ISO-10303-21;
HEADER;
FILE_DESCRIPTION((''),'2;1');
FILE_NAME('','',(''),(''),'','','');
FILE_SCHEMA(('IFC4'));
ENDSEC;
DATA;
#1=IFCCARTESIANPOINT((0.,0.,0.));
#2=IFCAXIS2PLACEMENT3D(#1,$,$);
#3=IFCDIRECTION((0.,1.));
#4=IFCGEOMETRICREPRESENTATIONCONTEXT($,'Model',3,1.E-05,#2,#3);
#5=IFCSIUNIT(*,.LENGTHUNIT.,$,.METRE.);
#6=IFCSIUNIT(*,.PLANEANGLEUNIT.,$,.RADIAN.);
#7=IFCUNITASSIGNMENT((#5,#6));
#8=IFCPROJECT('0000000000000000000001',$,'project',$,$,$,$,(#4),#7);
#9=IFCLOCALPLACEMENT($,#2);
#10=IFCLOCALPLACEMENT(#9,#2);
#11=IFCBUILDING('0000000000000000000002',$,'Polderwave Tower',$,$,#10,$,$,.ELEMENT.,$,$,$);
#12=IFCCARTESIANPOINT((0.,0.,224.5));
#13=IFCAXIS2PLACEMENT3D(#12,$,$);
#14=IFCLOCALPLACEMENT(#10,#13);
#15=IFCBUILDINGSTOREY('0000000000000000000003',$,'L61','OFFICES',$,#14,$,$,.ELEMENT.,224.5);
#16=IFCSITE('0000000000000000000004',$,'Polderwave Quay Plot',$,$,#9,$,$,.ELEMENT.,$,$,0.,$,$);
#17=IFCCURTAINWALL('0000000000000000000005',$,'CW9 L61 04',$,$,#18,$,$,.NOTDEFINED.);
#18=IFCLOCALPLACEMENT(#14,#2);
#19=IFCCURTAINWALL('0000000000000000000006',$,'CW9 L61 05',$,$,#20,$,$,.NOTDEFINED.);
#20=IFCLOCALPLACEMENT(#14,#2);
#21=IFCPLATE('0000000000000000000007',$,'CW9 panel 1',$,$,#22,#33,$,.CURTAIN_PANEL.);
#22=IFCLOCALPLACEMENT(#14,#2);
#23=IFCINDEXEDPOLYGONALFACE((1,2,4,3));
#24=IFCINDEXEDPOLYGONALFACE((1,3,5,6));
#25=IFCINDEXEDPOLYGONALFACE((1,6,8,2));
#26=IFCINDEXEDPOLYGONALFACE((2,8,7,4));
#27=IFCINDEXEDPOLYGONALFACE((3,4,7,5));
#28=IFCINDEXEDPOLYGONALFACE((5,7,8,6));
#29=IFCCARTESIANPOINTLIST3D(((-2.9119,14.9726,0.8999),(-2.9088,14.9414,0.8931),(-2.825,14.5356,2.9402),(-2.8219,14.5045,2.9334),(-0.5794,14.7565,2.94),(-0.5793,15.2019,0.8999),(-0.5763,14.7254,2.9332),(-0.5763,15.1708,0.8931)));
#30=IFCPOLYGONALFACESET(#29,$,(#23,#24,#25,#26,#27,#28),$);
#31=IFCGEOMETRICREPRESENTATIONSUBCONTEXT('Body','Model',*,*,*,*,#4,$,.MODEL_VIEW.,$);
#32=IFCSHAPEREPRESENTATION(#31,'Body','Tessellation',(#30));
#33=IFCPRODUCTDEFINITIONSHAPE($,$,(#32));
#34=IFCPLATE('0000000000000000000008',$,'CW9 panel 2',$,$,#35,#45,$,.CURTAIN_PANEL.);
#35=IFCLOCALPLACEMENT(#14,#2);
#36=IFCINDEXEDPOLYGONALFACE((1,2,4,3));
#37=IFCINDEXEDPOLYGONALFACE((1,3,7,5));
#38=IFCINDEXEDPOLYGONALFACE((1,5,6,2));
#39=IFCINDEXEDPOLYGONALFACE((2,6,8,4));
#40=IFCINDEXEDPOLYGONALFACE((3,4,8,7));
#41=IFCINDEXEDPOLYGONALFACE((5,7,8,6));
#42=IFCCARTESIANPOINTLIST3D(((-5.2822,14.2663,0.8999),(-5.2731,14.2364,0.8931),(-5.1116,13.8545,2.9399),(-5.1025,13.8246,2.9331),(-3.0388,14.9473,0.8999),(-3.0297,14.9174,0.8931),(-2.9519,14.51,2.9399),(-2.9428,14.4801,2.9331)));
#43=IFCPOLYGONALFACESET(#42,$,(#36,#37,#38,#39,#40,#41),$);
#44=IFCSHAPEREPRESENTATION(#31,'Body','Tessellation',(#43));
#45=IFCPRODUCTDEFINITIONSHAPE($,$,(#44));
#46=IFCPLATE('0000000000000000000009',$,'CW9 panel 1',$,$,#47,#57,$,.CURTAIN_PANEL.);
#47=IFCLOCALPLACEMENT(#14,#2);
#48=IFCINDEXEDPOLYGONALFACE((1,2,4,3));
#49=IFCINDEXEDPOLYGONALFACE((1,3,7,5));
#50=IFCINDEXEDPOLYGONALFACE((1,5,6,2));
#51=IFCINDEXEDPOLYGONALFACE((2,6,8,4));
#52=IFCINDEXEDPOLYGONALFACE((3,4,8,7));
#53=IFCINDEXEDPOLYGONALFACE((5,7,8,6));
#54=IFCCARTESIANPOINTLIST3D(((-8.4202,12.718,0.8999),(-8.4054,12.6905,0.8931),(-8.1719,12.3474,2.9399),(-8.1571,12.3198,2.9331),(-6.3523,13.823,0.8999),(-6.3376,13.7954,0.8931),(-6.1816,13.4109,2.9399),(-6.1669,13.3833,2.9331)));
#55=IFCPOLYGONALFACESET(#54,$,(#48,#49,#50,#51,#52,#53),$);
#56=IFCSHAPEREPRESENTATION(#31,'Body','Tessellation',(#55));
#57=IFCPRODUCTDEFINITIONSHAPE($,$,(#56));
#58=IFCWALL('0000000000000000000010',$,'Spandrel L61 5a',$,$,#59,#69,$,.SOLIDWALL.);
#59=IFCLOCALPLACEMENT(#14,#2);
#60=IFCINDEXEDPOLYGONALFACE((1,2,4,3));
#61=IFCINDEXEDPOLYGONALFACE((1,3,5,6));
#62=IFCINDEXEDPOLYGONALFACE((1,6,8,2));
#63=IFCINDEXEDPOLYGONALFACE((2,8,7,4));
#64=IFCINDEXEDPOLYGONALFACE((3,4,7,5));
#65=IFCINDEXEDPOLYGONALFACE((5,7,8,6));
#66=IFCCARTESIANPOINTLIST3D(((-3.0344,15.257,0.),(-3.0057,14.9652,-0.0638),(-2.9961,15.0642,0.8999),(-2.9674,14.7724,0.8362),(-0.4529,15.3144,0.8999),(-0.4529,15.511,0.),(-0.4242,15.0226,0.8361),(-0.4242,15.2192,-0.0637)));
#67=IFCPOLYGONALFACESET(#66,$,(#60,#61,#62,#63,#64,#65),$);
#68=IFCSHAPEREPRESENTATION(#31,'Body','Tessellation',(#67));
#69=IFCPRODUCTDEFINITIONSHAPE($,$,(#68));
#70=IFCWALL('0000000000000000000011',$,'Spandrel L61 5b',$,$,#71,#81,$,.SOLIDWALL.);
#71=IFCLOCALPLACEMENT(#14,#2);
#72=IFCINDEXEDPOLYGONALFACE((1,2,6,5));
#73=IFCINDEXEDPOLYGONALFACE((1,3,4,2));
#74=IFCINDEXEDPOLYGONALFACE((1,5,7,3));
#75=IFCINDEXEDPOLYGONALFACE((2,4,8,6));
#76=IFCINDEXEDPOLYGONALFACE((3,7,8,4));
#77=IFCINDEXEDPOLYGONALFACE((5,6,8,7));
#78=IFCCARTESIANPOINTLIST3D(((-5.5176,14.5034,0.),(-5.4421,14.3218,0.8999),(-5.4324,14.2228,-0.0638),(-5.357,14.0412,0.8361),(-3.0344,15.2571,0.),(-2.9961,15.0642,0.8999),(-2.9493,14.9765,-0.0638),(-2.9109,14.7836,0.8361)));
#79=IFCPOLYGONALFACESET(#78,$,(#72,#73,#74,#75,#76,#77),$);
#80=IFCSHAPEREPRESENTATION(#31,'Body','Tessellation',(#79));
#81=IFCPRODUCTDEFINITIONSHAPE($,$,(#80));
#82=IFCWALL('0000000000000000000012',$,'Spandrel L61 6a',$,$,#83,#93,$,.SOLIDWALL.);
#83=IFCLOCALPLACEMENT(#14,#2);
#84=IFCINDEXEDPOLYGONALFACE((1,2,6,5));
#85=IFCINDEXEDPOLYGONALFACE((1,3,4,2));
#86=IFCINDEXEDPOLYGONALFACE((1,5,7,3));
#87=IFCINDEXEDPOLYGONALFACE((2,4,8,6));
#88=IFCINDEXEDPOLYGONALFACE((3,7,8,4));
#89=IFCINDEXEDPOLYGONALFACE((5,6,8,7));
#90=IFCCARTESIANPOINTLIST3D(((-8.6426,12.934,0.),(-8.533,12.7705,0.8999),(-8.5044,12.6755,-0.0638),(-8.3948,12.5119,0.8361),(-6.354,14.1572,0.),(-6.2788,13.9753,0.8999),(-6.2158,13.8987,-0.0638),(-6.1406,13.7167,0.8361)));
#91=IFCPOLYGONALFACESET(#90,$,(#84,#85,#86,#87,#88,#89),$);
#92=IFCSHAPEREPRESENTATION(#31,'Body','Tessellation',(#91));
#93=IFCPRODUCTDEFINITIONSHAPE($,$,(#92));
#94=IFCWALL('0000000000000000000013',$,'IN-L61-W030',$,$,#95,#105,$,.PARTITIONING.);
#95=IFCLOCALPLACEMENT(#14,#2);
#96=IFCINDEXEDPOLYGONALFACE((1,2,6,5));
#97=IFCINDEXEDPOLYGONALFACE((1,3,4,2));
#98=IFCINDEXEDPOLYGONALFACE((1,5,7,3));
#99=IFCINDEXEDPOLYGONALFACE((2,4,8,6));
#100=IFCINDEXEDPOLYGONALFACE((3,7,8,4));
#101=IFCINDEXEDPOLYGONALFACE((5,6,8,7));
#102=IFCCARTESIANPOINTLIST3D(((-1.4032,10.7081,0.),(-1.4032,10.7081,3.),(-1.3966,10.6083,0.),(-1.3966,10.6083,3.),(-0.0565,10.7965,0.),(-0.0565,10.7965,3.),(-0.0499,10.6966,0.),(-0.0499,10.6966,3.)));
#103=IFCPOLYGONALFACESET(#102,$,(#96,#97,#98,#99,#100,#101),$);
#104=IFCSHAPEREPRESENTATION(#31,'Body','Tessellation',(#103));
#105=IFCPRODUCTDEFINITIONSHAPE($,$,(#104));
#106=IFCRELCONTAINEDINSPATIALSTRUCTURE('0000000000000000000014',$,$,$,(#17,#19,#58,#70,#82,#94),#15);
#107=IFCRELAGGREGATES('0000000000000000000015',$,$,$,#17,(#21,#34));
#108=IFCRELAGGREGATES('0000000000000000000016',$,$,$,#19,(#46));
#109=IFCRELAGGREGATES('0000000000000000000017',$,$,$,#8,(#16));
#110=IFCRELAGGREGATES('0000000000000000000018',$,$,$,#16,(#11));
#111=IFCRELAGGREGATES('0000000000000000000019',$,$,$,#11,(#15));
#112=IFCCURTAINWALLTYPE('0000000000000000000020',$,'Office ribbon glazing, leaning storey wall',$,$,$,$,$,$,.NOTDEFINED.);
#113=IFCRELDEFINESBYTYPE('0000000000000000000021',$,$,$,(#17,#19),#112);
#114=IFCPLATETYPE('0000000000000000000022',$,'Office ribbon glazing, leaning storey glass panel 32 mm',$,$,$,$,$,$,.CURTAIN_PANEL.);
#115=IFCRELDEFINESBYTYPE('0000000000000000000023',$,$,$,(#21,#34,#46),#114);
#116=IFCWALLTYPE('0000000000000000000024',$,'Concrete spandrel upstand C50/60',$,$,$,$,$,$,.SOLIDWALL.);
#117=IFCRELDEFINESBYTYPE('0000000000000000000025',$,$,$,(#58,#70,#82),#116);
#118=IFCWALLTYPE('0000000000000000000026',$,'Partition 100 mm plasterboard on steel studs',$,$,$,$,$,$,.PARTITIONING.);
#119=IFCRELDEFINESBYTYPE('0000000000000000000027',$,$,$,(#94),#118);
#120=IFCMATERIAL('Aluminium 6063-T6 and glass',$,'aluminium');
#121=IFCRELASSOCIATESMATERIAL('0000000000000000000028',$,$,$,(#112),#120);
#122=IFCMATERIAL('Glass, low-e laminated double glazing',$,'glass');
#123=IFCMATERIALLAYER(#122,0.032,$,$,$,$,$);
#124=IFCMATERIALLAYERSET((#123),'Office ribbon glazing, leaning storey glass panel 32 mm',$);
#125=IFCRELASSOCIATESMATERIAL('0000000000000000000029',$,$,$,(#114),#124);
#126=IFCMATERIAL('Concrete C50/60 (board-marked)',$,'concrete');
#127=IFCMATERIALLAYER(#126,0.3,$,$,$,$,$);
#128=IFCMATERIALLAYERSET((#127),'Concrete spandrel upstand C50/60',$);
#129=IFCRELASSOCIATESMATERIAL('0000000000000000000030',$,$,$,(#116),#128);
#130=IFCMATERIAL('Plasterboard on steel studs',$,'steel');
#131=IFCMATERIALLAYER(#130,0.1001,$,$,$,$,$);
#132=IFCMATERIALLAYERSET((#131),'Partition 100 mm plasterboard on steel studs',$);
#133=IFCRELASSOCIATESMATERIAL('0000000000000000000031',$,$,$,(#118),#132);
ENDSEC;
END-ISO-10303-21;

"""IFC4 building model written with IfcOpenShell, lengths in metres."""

from ifc_helpers import new_model, si_unit, direction, frame, frame_2d, origin, place, context, subcontext, project, spatial, polyline, rectangle, outline, extrude, material, layer, layer_set, type_object, element, aggregate, save


model = new_model("IFC4")

# Units and contexts
model_context = context("Model", 3, precision=1e-05, world=origin(), true_north=direction((0.0, 1.0)))
body_context = subcontext(model_context, "Body", "Model", "MODEL_VIEW")
ifc_project = project(units=[si_unit("LENGTHUNIT", "METRE"), si_unit("PLANEANGLEUNIT", "RADIAN")], contexts=[model_context])

# Site, building, storey
site_placement = place(None, origin())
site = spatial("IfcSite", under=ifc_project, at=site_placement, Name="Polderwave Quay Plot", CompositionType="ELEMENT", RefElevation=0.0)
building_placement = place(site_placement, origin())
building = spatial("IfcBuilding", under=site, at=building_placement, Name="Polderwave Tower", CompositionType="ELEMENT")
storey_placement = place(building_placement, frame((0.0, 0.0, 224.5)))
storey = spatial("IfcBuildingStorey", under=building, at=storey_placement, Name="L61", Description="OFFICES", CompositionType="ELEMENT", Elevation=224.5)

# Curtain wall
ifc_material_1 = material(Name="Aluminium 6063-T6 and glass", Category="aluminium")
curtain_wall_type = type_object("IfcCurtainWallType", Name="Office ribbon glazing, leaning storey wall", PredefinedType="NOTDEFINED", material=ifc_material_1)
curtain_wall_1_placement = place(storey_placement, origin())
curtain_wall_1 = element("IfcCurtainWall", 1, at=curtain_wall_1_placement, inside=storey, type_object=curtain_wall_type, Name="CW9 L61 04", PredefinedType="NOTDEFINED")

# Curtain wall
curtain_wall_2_placement = place(storey_placement, origin())
curtain_wall_2 = element("IfcCurtainWall", 2, at=curtain_wall_2_placement, inside=storey, type_object=curtain_wall_type, Name="CW9 L61 05", PredefinedType="NOTDEFINED")

# Plates
ifc_material_2 = material(Name="Glass, low-e laminated double glazing", Category="glass")
ifc_layer_1 = layer(ifc_material_2, 0.032)
ifc_layer_set_1 = layer_set([ifc_layer_1], Name="Office ribbon glazing, leaning storey glass panel 32 mm")
plate_type = type_object("IfcPlateType", Name="Office ribbon glazing, leaning storey glass panel 32 mm", PredefinedType="CURTAIN_PANEL", material=ifc_layer_set_1)
plate_1_placement = place(storey_placement, frame((-0.5793, 15.2019, 0.8999), z_axis=(-0.095621, 0.972508, 0.212331), x_axis=(-0.995201, -0.097855, 0.000013)))
plate_1 = element("IfcPlate", 3, at=plate_1_placement, type_object=plate_type, Name="CW9 panel 1", PredefinedType="CURTAIN_PANEL", context=body_context, shape_type="SweptSolid", body=[
    extrude(outline(polyline([(0.0, 0.0), (2.3438, 0.0), (2.3001, 2.0879), (0.0436, 2.0877), (0.0, 0.0)])), origin(), (0.0, 0.0, -1.0), 0.032),
])
plate_2_placement = place(storey_placement, frame((-3.0388, 14.9473, 0.8999), z_axis=(-0.283803, 0.935037, 0.21251), x_axis=(-0.956894, -0.290437, -0.000001)))
plate_2 = element("IfcPlate", 4, at=plate_2_placement, type_object=plate_type, Name="CW9 panel 2", PredefinedType="CURTAIN_PANEL", context=body_context, shape_type="SweptSolid", body=[
    extrude(outline(polyline([(0.0, 0.0), (2.3445, 0.0), (2.3008, 2.0877), (0.0438, 2.0877), (0.0, 0.0)])), origin(), (0.0, 0.0, -1.0), 0.032),
])
aggregate(curtain_wall_1, [plate_1, plate_2])
plate_3_placement = place(storey_placement, frame((-6.3523, 13.823, 0.8999), z_axis=(-0.460512, 0.861814, 0.212615), x_axis=(-0.88198, -0.471288, 0.000001)))
plate_3 = element("IfcPlate", 5, at=plate_3_placement, type_object=plate_type, Name="CW9 panel 1", PredefinedType="CURTAIN_PANEL", context=body_context, shape_type="SweptSolid", body=[
    extrude(outline(polyline([(0.0, 0.0), (2.3446, 0.0), (2.3003, 2.0878), (0.0437, 2.0878), (0.0, 0.0)])), origin(), (0.0, 0.0, -1.0), 0.032),
])
aggregate(curtain_wall_2, [plate_3])

# Walls
ifc_material_3 = material(Name="Concrete C50/60 (board-marked)", Category="concrete")
ifc_layer_2 = layer(ifc_material_3, 0.3)
ifc_layer_set_2 = layer_set([ifc_layer_2], Name="Concrete spandrel upstand C50/60")
wall_type_1 = type_object("IfcWallType", Name="Concrete spandrel upstand C50/60", PredefinedType="SOLIDWALL", material=ifc_layer_set_2)
wall_1_placement = place(storey_placement, frame((-0.4529, 15.511, 0.0), z_axis=(-0.095668, 0.972479, 0.212442), x_axis=(-0.995196, -0.097902, -0.000004)))
element("IfcWall", 6, at=wall_1_placement, inside=storey, type_object=wall_type_1, Name="Spandrel L61 5a", PredefinedType="SOLIDWALL", context=body_context, shape_type="SweptSolid", body=[
    extrude(outline(polyline([(0.0, 0.0), (2.594, 0.0), (2.5747, 0.9209), (0.0192, 0.9209), (0.0, 0.0)])), origin(), (0.0, 0.0, -1.0), 0.3),
])
wall_2_placement = place(storey_placement, frame((-3.0344, 15.2571, 0.0), z_axis=(-0.2838, 0.935039, 0.212507), x_axis=(-0.956895, -0.290433, -0.000001)))
element("IfcWall", 7, at=wall_2_placement, inside=storey, type_object=wall_type_1, Name="Spandrel L61 5b", PredefinedType="SOLIDWALL", context=body_context, shape_type="SweptSolid", body=[
    extrude(outline(polyline([(0.0, 0.0), (2.595, 0.0), (2.5756, 0.9209), (0.0193, 0.9209), (0.0, 0.0)])), origin(), (0.0, 0.0, -1.0), 0.3),
])
wall_3_placement = place(storey_placement, frame((-6.354, 14.1572, 0.0), z_axis=(-0.460586, 0.861753, 0.212703), x_axis=(-0.881934, -0.471372, -0.000003)))
element("IfcWall", 8, at=wall_3_placement, inside=storey, type_object=wall_type_1, Name="Spandrel L61 6a", PredefinedType="SOLIDWALL", context=body_context, shape_type="SweptSolid", body=[
    extrude(outline(polyline([(0.0, 0.0), (2.5949, 0.0), (2.5754, 0.921), (0.0194, 0.921), (0.0, 0.0)])), origin(), (0.0, 0.0, -1.0), 0.3),
])
ifc_material_4 = material(Name="Plasterboard on steel studs", Category="steel")
ifc_layer_3 = layer(ifc_material_4, 0.1001)
ifc_layer_set_3 = layer_set([ifc_layer_3], Name="Partition 100 mm plasterboard on steel studs")
wall_type_2 = type_object("IfcWallType", Name="Partition 100 mm plasterboard on steel studs", PredefinedType="PARTITIONING", material=ifc_layer_set_3)
wall_4_placement = place(storey_placement, frame((-1.3999, 10.6582, 0.0), z_axis=(0.0, 0.0, 1.0), x_axis=(0.997853, 0.065486, 0.0)))
element("IfcWall", 9, at=wall_4_placement, inside=storey, type_object=wall_type_2, Name="IN-L61-W030", PredefinedType="PARTITIONING", context=body_context, shape_type="SweptSolid", body=[
    extrude(rectangle(XDim=1.3496, YDim=0.1001, at=frame_2d((0.6748, 0.0))), origin(), (0.0, 0.0, 1.0), 3.0),
])

save(model, "model.ifc")
